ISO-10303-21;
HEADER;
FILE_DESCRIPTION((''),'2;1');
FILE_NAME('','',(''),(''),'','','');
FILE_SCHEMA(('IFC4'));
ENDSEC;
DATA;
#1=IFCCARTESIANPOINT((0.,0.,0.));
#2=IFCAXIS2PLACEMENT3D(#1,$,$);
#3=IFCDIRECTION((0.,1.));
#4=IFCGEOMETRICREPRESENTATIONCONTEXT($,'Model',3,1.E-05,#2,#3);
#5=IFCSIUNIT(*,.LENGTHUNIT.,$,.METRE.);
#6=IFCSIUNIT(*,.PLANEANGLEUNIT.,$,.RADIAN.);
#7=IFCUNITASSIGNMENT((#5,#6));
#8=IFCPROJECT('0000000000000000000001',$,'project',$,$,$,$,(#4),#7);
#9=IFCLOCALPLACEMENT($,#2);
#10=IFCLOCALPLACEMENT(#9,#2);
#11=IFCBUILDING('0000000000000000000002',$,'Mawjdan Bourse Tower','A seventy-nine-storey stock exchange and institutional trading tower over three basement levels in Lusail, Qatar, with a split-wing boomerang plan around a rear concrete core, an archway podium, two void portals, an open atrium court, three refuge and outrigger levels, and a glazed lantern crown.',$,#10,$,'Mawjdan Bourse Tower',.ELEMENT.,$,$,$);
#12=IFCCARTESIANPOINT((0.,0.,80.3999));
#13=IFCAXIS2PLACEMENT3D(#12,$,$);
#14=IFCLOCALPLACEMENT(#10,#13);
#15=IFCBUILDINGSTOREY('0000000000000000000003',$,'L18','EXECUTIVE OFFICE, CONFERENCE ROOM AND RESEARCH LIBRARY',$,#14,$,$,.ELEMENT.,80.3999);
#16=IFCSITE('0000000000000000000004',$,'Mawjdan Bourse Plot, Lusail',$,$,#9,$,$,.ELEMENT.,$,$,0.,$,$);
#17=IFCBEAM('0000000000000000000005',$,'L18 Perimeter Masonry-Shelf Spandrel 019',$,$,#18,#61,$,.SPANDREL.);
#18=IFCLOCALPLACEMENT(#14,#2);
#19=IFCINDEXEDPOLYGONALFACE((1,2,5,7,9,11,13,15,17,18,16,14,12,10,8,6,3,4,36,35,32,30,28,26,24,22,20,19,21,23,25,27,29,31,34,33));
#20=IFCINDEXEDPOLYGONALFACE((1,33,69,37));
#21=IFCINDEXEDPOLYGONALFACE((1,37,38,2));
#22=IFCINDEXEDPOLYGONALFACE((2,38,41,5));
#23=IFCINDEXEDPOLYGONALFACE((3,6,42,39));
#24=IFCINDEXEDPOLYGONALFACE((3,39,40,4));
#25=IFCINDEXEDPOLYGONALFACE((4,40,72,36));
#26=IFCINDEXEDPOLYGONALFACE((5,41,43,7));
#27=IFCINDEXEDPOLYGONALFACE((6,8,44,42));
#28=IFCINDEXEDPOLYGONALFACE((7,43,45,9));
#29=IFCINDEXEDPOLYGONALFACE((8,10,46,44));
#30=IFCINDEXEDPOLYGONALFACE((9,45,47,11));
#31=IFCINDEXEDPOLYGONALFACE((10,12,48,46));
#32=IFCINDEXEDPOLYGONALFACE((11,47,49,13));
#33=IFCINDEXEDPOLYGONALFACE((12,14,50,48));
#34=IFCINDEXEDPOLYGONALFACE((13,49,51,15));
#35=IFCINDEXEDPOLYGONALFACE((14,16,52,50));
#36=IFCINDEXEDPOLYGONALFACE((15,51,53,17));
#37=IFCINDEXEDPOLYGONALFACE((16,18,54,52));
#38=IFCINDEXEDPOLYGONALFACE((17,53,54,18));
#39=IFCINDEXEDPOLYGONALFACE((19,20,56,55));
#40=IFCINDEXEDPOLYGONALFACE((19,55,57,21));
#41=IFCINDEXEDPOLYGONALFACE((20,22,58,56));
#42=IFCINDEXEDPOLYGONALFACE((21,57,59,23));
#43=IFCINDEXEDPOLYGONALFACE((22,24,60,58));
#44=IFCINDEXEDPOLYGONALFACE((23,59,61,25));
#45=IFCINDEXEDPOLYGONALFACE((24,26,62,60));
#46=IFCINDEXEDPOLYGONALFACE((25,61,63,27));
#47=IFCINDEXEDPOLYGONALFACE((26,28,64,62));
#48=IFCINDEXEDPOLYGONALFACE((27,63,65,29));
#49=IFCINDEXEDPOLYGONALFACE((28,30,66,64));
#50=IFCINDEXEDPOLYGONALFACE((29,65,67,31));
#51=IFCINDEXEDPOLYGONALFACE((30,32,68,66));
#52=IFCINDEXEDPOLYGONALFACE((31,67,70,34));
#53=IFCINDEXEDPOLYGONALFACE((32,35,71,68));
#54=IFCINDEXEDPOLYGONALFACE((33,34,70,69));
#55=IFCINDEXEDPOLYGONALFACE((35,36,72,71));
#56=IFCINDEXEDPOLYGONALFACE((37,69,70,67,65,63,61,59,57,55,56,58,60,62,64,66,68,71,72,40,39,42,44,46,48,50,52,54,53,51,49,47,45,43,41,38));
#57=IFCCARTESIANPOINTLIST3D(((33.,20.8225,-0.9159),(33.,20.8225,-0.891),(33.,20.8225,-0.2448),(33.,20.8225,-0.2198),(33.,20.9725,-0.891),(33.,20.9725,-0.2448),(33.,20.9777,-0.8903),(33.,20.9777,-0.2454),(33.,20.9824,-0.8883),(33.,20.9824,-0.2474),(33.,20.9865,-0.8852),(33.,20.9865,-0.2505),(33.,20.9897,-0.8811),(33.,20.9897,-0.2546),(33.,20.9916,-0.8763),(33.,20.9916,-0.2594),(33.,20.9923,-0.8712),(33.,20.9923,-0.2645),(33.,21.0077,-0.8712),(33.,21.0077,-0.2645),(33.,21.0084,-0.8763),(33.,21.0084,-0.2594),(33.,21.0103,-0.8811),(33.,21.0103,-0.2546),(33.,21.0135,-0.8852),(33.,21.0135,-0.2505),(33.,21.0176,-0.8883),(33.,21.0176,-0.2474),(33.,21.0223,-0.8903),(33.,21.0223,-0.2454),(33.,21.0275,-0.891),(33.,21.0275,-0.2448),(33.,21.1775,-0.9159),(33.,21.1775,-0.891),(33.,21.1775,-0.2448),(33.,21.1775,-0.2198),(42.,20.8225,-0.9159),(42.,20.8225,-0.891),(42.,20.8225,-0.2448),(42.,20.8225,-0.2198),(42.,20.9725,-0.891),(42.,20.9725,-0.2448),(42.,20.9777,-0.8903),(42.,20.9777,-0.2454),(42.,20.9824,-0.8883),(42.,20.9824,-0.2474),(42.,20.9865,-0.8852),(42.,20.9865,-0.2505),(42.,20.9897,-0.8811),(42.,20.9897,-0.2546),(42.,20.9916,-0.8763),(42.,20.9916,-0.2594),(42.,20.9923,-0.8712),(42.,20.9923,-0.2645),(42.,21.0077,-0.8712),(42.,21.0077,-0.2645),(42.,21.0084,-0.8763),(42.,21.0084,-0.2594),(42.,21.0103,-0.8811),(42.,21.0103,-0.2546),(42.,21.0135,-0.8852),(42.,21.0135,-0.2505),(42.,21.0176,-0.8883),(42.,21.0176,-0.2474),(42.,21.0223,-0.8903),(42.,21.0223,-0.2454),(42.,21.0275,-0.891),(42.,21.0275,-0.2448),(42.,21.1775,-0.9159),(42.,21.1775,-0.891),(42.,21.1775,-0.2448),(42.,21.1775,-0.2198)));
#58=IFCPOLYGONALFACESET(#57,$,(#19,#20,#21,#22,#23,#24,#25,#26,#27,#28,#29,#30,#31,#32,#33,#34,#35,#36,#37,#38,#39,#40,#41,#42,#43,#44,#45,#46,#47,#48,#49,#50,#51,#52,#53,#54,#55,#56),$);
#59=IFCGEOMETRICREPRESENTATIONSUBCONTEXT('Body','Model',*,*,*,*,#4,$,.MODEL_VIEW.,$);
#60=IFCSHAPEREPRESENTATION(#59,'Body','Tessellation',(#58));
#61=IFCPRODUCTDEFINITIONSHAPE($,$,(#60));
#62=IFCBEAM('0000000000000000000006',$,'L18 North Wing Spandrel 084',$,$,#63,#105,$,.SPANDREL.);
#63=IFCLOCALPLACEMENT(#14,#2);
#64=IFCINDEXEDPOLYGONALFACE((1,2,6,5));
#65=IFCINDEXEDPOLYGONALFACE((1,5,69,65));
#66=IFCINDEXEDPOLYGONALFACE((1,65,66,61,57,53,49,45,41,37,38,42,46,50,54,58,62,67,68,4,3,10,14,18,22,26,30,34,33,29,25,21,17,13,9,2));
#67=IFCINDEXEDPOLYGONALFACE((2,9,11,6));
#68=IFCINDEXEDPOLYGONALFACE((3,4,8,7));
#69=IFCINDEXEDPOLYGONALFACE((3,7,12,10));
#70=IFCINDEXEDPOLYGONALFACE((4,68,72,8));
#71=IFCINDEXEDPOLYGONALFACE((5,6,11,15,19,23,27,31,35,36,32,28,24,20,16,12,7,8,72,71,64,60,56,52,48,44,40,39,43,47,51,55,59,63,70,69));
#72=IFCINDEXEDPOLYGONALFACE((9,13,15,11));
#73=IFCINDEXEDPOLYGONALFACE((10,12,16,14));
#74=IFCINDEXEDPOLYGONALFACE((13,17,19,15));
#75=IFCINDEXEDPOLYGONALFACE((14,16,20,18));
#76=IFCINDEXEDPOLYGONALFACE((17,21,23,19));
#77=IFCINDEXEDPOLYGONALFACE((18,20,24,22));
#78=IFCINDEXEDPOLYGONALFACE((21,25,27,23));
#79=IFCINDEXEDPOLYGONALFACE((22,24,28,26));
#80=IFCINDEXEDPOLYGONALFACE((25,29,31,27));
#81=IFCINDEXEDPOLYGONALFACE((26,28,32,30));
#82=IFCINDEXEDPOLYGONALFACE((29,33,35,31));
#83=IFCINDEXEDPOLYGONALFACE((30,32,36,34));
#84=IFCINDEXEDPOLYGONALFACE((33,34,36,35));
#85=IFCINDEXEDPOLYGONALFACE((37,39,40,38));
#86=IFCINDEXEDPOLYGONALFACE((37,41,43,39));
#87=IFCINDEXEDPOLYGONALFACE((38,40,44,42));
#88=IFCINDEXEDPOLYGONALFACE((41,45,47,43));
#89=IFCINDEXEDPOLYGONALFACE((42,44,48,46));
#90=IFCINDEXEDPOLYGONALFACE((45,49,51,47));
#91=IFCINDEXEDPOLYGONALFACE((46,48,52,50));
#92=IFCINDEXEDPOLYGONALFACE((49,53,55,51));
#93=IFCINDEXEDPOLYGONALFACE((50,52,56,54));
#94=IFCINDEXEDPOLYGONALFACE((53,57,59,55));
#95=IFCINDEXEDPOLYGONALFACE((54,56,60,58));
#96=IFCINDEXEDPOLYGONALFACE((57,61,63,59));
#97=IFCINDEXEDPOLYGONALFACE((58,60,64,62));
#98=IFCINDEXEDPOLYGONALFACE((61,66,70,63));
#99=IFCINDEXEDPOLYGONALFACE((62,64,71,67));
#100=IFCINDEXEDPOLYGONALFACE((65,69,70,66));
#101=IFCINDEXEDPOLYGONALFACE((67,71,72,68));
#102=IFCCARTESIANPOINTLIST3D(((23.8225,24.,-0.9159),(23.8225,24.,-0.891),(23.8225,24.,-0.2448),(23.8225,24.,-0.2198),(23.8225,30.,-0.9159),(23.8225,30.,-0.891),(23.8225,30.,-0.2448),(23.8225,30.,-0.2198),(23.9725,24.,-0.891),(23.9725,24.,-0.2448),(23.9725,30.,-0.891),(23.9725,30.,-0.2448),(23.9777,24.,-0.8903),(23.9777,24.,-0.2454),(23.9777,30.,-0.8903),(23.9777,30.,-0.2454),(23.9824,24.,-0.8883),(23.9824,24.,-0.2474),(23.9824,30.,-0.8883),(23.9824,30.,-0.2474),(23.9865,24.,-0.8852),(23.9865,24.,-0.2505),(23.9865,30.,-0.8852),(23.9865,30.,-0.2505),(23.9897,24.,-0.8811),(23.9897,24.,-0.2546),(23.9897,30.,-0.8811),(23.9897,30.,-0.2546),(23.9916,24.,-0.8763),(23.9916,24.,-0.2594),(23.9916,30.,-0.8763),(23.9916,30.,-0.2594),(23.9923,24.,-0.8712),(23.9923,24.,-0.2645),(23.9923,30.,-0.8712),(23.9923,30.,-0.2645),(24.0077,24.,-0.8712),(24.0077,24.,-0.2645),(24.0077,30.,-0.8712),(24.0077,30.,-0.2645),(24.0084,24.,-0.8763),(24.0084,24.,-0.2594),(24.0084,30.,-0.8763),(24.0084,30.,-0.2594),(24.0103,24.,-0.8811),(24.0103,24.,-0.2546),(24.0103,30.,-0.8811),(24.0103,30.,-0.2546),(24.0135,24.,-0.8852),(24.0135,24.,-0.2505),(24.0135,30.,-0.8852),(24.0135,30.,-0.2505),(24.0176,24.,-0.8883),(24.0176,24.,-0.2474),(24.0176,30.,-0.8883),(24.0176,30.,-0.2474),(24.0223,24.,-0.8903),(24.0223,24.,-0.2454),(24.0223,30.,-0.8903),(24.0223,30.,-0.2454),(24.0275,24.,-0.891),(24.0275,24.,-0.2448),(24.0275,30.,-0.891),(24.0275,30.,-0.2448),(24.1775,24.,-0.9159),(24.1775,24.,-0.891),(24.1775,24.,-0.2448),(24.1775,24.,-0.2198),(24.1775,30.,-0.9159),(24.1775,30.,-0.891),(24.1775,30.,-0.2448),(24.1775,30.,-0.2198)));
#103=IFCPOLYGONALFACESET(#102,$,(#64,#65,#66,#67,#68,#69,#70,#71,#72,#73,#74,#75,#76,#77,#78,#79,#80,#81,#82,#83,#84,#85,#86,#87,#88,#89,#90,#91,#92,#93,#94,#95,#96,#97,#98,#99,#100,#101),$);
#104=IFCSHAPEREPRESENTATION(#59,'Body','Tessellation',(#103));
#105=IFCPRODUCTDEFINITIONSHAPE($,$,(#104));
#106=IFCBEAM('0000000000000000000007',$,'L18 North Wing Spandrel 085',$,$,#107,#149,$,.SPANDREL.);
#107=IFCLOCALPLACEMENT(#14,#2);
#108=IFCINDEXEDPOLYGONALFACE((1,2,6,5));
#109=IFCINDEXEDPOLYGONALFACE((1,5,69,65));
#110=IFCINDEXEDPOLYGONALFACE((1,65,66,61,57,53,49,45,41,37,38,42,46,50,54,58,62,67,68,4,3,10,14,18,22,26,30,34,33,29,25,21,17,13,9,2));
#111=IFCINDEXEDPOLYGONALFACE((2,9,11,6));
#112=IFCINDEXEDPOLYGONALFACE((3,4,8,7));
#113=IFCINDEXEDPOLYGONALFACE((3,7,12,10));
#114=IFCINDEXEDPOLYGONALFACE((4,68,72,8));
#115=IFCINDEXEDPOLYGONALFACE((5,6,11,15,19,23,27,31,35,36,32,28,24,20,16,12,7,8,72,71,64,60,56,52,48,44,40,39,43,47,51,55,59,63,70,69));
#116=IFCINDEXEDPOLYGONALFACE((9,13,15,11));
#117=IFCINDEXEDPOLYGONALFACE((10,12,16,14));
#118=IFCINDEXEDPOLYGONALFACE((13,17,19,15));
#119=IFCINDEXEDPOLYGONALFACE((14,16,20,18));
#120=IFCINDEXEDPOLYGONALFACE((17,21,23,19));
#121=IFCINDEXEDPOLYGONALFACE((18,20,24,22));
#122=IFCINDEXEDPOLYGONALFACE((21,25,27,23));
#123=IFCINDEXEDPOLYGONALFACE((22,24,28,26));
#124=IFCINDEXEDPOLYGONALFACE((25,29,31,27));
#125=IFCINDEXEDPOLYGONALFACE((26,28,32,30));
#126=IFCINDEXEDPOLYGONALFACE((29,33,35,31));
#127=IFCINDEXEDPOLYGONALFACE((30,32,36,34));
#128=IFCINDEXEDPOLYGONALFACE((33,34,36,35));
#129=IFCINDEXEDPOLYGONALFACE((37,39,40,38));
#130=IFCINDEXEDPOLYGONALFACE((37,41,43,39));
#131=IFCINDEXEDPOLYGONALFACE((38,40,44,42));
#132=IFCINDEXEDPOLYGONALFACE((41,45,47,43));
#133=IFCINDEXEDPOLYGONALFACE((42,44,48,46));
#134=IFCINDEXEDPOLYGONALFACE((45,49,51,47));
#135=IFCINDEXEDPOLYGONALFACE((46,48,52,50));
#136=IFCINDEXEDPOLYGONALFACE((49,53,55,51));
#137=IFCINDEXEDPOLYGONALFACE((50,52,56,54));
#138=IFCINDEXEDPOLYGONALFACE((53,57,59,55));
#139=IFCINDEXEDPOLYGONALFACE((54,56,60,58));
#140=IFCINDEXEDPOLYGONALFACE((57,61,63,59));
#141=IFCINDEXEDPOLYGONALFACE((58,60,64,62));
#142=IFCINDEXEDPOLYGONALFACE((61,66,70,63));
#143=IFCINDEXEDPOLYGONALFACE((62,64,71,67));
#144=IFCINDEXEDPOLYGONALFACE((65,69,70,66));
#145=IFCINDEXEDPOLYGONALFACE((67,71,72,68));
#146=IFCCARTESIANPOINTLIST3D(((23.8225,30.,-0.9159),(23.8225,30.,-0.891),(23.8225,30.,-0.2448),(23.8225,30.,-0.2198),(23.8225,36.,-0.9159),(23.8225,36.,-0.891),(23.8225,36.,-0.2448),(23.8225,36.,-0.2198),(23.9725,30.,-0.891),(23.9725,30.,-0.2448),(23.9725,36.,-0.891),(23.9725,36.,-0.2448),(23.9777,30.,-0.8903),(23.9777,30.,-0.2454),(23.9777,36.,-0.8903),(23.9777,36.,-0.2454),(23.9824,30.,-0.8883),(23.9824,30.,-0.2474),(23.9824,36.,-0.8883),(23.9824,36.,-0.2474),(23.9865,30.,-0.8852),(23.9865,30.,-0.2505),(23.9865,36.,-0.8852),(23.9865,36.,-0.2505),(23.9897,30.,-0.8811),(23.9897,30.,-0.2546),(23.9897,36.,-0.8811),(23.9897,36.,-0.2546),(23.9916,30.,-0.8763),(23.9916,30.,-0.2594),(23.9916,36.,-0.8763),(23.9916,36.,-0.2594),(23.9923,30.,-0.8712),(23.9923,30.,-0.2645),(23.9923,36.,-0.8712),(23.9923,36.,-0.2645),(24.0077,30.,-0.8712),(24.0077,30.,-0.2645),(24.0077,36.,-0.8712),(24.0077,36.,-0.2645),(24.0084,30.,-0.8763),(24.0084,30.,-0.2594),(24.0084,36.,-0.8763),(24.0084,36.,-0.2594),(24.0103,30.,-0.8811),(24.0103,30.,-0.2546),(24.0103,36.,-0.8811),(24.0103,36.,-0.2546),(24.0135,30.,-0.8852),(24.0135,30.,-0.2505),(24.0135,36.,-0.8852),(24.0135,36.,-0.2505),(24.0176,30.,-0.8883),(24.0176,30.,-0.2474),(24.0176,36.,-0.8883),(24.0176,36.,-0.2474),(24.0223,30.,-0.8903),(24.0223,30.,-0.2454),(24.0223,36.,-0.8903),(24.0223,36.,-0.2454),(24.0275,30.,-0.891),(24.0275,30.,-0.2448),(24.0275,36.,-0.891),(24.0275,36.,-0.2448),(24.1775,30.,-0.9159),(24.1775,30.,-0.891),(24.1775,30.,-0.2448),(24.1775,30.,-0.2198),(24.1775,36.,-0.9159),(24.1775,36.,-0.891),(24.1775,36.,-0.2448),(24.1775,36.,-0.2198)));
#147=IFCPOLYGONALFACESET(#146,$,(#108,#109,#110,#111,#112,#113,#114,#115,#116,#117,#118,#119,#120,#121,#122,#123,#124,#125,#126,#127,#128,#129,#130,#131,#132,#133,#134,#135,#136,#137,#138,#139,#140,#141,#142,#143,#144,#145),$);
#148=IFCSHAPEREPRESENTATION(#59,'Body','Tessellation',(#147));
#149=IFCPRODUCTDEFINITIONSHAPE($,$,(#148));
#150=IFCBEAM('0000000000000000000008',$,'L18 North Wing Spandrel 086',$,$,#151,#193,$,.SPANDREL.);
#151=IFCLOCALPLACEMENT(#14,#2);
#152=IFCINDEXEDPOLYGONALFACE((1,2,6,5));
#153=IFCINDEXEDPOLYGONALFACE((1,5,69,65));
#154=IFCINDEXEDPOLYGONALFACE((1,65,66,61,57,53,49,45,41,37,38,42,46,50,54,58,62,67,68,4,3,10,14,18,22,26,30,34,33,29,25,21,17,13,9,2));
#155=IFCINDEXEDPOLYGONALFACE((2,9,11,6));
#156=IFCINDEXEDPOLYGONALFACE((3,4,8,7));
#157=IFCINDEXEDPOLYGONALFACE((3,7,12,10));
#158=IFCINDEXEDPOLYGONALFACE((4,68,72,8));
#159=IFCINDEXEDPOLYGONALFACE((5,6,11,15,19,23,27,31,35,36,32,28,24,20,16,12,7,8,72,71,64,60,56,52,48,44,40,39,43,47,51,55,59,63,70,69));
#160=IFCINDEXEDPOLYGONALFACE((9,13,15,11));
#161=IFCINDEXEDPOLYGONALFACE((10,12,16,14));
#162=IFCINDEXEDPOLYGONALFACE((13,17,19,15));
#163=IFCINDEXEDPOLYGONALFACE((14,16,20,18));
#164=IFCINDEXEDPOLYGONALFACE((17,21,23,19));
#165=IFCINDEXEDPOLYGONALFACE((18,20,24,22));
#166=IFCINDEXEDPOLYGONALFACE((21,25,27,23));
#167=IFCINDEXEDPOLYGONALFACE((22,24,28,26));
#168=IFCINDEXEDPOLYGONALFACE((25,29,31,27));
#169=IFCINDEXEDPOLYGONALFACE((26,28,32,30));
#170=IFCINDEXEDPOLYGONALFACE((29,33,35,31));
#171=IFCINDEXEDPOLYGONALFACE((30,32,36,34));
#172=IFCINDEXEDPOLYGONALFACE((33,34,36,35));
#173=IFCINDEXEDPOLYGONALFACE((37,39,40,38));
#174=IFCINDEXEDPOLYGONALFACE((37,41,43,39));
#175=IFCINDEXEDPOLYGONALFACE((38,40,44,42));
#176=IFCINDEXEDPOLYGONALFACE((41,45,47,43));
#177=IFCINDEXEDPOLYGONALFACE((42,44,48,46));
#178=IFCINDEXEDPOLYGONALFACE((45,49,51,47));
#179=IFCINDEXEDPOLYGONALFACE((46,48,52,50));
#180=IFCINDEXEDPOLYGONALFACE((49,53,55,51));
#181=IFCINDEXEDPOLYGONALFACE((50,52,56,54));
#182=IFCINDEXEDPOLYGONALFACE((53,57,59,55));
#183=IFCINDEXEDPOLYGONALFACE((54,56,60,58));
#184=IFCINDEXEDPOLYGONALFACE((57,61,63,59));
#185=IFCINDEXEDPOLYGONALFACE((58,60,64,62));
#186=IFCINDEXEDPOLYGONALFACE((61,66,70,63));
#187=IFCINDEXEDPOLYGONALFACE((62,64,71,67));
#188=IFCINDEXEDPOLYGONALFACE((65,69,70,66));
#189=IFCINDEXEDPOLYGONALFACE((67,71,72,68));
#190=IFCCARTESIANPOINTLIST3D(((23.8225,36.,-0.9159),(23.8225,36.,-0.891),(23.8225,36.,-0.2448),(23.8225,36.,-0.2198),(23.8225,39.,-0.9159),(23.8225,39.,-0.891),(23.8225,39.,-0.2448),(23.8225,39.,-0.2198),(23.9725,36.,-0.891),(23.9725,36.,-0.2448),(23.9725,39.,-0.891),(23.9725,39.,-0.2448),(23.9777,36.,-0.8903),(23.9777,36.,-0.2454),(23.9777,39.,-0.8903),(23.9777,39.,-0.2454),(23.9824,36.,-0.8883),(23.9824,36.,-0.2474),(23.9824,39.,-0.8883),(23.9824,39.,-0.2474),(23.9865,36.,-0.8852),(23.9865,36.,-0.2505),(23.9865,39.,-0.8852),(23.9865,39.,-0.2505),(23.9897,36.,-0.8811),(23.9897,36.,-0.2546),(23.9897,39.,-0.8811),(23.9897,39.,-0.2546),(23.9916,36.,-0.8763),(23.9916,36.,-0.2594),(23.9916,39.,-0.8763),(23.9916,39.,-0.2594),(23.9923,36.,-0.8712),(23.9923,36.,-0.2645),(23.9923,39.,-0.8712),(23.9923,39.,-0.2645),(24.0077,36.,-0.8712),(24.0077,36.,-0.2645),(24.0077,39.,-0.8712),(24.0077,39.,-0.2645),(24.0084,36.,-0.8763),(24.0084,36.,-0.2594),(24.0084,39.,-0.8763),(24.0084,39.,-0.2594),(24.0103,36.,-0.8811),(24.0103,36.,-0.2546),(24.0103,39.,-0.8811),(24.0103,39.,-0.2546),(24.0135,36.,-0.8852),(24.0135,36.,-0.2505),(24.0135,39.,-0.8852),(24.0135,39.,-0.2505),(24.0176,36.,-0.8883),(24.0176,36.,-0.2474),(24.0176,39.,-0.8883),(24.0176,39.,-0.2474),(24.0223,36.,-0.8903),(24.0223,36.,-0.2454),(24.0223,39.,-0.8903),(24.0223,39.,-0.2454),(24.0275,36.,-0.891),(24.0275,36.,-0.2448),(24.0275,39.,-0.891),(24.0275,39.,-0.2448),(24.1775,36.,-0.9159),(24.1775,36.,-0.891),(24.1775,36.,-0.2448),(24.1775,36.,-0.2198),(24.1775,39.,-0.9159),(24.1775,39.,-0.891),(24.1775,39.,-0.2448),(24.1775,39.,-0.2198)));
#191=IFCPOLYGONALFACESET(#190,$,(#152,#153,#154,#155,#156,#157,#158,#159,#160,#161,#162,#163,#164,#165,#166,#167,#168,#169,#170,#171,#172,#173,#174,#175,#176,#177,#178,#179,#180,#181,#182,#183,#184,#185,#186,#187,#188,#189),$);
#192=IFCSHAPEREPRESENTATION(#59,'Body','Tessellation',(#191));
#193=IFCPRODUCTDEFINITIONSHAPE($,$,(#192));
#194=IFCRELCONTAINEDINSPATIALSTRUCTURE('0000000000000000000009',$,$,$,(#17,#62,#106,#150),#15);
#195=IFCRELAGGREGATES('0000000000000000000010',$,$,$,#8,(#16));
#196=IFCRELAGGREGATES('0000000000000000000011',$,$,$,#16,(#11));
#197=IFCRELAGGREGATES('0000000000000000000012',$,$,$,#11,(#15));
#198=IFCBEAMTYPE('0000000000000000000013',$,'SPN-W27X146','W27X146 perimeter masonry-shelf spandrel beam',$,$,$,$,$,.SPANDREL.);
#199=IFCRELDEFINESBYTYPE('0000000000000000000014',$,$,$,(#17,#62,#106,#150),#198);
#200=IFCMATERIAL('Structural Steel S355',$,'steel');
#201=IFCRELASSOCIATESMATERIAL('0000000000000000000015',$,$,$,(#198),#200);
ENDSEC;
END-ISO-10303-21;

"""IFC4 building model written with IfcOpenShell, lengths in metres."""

from ifc_helpers import new_model, si_unit, direction, frame, origin, origin_2d, place, context, subcontext, project, spatial, i_section, extrude, material, material_profile, profile_set, type_object, element, save


model = new_model("IFC4")

# Units and contexts
model_context = context("Model", 3, precision=1e-05, world=origin(), true_north=direction((0.0, 1.0)))
body_context = subcontext(model_context, "Body", "Model", "MODEL_VIEW")
ifc_project = project(units=[si_unit("LENGTHUNIT", "METRE"), si_unit("PLANEANGLEUNIT", "RADIAN")], contexts=[model_context])

# Site, building, storey
site_placement = place(None, origin())
site = spatial("IfcSite", under=ifc_project, at=site_placement, Name="Mawjdan Bourse Plot, Lusail", CompositionType="ELEMENT", RefElevation=0.0)
building_placement = place(site_placement, origin())
building = spatial("IfcBuilding", under=site, at=building_placement, Name="Mawjdan Bourse Tower", Description="A seventy-nine-storey stock exchange and institutional trading tower over three basement levels in Lusail, Qatar, with a split-wing boomerang plan around a rear concrete core, an archway podium, two void portals, an open atrium court, three refuge and outrigger levels, and a glazed lantern crown.", LongName="Mawjdan Bourse Tower", CompositionType="ELEMENT")
storey_placement = place(building_placement, frame((0.0, 0.0, 80.3999)))
storey = spatial("IfcBuildingStorey", under=building, at=storey_placement, Name="L18", Description="EXECUTIVE OFFICE, CONFERENCE ROOM AND RESEARCH LIBRARY", CompositionType="ELEMENT", Elevation=80.3999)

# Beams
ifc_material_1 = material(Name="Structural Steel S355", Category="steel")
ifc_material_profile_1 = material_profile(ifc_material_1, i_section(OverallWidth=0.355, OverallDepth=0.696, WebThickness=0.0154, FlangeThickness=0.0249, FilletRadius=0.0198, at=origin_2d()), Name="W27X146")
ifc_profile_set_1 = profile_set([ifc_material_profile_1], Name="Structural Steel S355")
beam_type_1 = type_object("IfcBeamType", Name="SPN-W27X146", Description="W27X146 perimeter masonry-shelf spandrel beam", PredefinedType="SPANDREL", material=ifc_profile_set_1)
beam_1_placement = place(storey_placement, frame((33.0, 21.0, -0.5679), z_axis=(1.0, 0.0, 0.0), x_axis=(0.0, 1.0, 0.0)))
element("IfcBeam", 1, at=beam_1_placement, inside=storey, type_object=beam_type_1, Name="L18 Perimeter Masonry-Shelf Spandrel 019", PredefinedType="SPANDREL", context=body_context, shape_type="SweptSolid", body=[
    extrude(i_section(OverallWidth=0.355, OverallDepth=0.696, WebThickness=0.0154, FlangeThickness=0.0249, FilletRadius=0.0198, at=origin_2d()), origin(), (0.0, 0.0, 1.0), 9.0),
])
for number, where, z_axis, x_axis, name in (
    (2, (24.0, 24.0, -0.5679), (0.0, 1.0, 0.0), (-1.0, 0.0, 0.0), "L18 North Wing Spandrel 084"),
    (3, (24.0, 30.0, -0.5679), (0.0, 1.0, 0.0), (-1.0, 0.0, 0.0), "L18 North Wing Spandrel 085"),
):
    element("IfcBeam", number, at=place(storey_placement, frame(where, z_axis=z_axis, x_axis=x_axis)), inside=storey, type_object=beam_type_1, Name=name, PredefinedType="SPANDREL", context=body_context, shape_type="SweptSolid", body=[
        extrude(i_section(OverallWidth=0.355, OverallDepth=0.696, WebThickness=0.0154, FlangeThickness=0.0249, FilletRadius=0.0198, at=origin_2d()), origin(), (0.0, 0.0, 1.0), 6.0),
    ])
for number, where, z_axis, x_axis, name in (
    (4, (24.0, 36.0, -0.5679), (0.0, 1.0, 0.0), (-1.0, 0.0, 0.0), "L18 North Wing Spandrel 086"),
):
    element("IfcBeam", number, at=place(storey_placement, frame(where, z_axis=z_axis, x_axis=x_axis)), inside=storey, type_object=beam_type_1, Name=name, PredefinedType="SPANDREL", context=body_context, shape_type="SweptSolid", body=[
        extrude(i_section(OverallWidth=0.355, OverallDepth=0.696, WebThickness=0.0154, FlangeThickness=0.0249, FilletRadius=0.0198, at=origin_2d()), origin(), (0.0, 0.0, 1.0), 3.0),
    ])

save(model, "model.ifc")
